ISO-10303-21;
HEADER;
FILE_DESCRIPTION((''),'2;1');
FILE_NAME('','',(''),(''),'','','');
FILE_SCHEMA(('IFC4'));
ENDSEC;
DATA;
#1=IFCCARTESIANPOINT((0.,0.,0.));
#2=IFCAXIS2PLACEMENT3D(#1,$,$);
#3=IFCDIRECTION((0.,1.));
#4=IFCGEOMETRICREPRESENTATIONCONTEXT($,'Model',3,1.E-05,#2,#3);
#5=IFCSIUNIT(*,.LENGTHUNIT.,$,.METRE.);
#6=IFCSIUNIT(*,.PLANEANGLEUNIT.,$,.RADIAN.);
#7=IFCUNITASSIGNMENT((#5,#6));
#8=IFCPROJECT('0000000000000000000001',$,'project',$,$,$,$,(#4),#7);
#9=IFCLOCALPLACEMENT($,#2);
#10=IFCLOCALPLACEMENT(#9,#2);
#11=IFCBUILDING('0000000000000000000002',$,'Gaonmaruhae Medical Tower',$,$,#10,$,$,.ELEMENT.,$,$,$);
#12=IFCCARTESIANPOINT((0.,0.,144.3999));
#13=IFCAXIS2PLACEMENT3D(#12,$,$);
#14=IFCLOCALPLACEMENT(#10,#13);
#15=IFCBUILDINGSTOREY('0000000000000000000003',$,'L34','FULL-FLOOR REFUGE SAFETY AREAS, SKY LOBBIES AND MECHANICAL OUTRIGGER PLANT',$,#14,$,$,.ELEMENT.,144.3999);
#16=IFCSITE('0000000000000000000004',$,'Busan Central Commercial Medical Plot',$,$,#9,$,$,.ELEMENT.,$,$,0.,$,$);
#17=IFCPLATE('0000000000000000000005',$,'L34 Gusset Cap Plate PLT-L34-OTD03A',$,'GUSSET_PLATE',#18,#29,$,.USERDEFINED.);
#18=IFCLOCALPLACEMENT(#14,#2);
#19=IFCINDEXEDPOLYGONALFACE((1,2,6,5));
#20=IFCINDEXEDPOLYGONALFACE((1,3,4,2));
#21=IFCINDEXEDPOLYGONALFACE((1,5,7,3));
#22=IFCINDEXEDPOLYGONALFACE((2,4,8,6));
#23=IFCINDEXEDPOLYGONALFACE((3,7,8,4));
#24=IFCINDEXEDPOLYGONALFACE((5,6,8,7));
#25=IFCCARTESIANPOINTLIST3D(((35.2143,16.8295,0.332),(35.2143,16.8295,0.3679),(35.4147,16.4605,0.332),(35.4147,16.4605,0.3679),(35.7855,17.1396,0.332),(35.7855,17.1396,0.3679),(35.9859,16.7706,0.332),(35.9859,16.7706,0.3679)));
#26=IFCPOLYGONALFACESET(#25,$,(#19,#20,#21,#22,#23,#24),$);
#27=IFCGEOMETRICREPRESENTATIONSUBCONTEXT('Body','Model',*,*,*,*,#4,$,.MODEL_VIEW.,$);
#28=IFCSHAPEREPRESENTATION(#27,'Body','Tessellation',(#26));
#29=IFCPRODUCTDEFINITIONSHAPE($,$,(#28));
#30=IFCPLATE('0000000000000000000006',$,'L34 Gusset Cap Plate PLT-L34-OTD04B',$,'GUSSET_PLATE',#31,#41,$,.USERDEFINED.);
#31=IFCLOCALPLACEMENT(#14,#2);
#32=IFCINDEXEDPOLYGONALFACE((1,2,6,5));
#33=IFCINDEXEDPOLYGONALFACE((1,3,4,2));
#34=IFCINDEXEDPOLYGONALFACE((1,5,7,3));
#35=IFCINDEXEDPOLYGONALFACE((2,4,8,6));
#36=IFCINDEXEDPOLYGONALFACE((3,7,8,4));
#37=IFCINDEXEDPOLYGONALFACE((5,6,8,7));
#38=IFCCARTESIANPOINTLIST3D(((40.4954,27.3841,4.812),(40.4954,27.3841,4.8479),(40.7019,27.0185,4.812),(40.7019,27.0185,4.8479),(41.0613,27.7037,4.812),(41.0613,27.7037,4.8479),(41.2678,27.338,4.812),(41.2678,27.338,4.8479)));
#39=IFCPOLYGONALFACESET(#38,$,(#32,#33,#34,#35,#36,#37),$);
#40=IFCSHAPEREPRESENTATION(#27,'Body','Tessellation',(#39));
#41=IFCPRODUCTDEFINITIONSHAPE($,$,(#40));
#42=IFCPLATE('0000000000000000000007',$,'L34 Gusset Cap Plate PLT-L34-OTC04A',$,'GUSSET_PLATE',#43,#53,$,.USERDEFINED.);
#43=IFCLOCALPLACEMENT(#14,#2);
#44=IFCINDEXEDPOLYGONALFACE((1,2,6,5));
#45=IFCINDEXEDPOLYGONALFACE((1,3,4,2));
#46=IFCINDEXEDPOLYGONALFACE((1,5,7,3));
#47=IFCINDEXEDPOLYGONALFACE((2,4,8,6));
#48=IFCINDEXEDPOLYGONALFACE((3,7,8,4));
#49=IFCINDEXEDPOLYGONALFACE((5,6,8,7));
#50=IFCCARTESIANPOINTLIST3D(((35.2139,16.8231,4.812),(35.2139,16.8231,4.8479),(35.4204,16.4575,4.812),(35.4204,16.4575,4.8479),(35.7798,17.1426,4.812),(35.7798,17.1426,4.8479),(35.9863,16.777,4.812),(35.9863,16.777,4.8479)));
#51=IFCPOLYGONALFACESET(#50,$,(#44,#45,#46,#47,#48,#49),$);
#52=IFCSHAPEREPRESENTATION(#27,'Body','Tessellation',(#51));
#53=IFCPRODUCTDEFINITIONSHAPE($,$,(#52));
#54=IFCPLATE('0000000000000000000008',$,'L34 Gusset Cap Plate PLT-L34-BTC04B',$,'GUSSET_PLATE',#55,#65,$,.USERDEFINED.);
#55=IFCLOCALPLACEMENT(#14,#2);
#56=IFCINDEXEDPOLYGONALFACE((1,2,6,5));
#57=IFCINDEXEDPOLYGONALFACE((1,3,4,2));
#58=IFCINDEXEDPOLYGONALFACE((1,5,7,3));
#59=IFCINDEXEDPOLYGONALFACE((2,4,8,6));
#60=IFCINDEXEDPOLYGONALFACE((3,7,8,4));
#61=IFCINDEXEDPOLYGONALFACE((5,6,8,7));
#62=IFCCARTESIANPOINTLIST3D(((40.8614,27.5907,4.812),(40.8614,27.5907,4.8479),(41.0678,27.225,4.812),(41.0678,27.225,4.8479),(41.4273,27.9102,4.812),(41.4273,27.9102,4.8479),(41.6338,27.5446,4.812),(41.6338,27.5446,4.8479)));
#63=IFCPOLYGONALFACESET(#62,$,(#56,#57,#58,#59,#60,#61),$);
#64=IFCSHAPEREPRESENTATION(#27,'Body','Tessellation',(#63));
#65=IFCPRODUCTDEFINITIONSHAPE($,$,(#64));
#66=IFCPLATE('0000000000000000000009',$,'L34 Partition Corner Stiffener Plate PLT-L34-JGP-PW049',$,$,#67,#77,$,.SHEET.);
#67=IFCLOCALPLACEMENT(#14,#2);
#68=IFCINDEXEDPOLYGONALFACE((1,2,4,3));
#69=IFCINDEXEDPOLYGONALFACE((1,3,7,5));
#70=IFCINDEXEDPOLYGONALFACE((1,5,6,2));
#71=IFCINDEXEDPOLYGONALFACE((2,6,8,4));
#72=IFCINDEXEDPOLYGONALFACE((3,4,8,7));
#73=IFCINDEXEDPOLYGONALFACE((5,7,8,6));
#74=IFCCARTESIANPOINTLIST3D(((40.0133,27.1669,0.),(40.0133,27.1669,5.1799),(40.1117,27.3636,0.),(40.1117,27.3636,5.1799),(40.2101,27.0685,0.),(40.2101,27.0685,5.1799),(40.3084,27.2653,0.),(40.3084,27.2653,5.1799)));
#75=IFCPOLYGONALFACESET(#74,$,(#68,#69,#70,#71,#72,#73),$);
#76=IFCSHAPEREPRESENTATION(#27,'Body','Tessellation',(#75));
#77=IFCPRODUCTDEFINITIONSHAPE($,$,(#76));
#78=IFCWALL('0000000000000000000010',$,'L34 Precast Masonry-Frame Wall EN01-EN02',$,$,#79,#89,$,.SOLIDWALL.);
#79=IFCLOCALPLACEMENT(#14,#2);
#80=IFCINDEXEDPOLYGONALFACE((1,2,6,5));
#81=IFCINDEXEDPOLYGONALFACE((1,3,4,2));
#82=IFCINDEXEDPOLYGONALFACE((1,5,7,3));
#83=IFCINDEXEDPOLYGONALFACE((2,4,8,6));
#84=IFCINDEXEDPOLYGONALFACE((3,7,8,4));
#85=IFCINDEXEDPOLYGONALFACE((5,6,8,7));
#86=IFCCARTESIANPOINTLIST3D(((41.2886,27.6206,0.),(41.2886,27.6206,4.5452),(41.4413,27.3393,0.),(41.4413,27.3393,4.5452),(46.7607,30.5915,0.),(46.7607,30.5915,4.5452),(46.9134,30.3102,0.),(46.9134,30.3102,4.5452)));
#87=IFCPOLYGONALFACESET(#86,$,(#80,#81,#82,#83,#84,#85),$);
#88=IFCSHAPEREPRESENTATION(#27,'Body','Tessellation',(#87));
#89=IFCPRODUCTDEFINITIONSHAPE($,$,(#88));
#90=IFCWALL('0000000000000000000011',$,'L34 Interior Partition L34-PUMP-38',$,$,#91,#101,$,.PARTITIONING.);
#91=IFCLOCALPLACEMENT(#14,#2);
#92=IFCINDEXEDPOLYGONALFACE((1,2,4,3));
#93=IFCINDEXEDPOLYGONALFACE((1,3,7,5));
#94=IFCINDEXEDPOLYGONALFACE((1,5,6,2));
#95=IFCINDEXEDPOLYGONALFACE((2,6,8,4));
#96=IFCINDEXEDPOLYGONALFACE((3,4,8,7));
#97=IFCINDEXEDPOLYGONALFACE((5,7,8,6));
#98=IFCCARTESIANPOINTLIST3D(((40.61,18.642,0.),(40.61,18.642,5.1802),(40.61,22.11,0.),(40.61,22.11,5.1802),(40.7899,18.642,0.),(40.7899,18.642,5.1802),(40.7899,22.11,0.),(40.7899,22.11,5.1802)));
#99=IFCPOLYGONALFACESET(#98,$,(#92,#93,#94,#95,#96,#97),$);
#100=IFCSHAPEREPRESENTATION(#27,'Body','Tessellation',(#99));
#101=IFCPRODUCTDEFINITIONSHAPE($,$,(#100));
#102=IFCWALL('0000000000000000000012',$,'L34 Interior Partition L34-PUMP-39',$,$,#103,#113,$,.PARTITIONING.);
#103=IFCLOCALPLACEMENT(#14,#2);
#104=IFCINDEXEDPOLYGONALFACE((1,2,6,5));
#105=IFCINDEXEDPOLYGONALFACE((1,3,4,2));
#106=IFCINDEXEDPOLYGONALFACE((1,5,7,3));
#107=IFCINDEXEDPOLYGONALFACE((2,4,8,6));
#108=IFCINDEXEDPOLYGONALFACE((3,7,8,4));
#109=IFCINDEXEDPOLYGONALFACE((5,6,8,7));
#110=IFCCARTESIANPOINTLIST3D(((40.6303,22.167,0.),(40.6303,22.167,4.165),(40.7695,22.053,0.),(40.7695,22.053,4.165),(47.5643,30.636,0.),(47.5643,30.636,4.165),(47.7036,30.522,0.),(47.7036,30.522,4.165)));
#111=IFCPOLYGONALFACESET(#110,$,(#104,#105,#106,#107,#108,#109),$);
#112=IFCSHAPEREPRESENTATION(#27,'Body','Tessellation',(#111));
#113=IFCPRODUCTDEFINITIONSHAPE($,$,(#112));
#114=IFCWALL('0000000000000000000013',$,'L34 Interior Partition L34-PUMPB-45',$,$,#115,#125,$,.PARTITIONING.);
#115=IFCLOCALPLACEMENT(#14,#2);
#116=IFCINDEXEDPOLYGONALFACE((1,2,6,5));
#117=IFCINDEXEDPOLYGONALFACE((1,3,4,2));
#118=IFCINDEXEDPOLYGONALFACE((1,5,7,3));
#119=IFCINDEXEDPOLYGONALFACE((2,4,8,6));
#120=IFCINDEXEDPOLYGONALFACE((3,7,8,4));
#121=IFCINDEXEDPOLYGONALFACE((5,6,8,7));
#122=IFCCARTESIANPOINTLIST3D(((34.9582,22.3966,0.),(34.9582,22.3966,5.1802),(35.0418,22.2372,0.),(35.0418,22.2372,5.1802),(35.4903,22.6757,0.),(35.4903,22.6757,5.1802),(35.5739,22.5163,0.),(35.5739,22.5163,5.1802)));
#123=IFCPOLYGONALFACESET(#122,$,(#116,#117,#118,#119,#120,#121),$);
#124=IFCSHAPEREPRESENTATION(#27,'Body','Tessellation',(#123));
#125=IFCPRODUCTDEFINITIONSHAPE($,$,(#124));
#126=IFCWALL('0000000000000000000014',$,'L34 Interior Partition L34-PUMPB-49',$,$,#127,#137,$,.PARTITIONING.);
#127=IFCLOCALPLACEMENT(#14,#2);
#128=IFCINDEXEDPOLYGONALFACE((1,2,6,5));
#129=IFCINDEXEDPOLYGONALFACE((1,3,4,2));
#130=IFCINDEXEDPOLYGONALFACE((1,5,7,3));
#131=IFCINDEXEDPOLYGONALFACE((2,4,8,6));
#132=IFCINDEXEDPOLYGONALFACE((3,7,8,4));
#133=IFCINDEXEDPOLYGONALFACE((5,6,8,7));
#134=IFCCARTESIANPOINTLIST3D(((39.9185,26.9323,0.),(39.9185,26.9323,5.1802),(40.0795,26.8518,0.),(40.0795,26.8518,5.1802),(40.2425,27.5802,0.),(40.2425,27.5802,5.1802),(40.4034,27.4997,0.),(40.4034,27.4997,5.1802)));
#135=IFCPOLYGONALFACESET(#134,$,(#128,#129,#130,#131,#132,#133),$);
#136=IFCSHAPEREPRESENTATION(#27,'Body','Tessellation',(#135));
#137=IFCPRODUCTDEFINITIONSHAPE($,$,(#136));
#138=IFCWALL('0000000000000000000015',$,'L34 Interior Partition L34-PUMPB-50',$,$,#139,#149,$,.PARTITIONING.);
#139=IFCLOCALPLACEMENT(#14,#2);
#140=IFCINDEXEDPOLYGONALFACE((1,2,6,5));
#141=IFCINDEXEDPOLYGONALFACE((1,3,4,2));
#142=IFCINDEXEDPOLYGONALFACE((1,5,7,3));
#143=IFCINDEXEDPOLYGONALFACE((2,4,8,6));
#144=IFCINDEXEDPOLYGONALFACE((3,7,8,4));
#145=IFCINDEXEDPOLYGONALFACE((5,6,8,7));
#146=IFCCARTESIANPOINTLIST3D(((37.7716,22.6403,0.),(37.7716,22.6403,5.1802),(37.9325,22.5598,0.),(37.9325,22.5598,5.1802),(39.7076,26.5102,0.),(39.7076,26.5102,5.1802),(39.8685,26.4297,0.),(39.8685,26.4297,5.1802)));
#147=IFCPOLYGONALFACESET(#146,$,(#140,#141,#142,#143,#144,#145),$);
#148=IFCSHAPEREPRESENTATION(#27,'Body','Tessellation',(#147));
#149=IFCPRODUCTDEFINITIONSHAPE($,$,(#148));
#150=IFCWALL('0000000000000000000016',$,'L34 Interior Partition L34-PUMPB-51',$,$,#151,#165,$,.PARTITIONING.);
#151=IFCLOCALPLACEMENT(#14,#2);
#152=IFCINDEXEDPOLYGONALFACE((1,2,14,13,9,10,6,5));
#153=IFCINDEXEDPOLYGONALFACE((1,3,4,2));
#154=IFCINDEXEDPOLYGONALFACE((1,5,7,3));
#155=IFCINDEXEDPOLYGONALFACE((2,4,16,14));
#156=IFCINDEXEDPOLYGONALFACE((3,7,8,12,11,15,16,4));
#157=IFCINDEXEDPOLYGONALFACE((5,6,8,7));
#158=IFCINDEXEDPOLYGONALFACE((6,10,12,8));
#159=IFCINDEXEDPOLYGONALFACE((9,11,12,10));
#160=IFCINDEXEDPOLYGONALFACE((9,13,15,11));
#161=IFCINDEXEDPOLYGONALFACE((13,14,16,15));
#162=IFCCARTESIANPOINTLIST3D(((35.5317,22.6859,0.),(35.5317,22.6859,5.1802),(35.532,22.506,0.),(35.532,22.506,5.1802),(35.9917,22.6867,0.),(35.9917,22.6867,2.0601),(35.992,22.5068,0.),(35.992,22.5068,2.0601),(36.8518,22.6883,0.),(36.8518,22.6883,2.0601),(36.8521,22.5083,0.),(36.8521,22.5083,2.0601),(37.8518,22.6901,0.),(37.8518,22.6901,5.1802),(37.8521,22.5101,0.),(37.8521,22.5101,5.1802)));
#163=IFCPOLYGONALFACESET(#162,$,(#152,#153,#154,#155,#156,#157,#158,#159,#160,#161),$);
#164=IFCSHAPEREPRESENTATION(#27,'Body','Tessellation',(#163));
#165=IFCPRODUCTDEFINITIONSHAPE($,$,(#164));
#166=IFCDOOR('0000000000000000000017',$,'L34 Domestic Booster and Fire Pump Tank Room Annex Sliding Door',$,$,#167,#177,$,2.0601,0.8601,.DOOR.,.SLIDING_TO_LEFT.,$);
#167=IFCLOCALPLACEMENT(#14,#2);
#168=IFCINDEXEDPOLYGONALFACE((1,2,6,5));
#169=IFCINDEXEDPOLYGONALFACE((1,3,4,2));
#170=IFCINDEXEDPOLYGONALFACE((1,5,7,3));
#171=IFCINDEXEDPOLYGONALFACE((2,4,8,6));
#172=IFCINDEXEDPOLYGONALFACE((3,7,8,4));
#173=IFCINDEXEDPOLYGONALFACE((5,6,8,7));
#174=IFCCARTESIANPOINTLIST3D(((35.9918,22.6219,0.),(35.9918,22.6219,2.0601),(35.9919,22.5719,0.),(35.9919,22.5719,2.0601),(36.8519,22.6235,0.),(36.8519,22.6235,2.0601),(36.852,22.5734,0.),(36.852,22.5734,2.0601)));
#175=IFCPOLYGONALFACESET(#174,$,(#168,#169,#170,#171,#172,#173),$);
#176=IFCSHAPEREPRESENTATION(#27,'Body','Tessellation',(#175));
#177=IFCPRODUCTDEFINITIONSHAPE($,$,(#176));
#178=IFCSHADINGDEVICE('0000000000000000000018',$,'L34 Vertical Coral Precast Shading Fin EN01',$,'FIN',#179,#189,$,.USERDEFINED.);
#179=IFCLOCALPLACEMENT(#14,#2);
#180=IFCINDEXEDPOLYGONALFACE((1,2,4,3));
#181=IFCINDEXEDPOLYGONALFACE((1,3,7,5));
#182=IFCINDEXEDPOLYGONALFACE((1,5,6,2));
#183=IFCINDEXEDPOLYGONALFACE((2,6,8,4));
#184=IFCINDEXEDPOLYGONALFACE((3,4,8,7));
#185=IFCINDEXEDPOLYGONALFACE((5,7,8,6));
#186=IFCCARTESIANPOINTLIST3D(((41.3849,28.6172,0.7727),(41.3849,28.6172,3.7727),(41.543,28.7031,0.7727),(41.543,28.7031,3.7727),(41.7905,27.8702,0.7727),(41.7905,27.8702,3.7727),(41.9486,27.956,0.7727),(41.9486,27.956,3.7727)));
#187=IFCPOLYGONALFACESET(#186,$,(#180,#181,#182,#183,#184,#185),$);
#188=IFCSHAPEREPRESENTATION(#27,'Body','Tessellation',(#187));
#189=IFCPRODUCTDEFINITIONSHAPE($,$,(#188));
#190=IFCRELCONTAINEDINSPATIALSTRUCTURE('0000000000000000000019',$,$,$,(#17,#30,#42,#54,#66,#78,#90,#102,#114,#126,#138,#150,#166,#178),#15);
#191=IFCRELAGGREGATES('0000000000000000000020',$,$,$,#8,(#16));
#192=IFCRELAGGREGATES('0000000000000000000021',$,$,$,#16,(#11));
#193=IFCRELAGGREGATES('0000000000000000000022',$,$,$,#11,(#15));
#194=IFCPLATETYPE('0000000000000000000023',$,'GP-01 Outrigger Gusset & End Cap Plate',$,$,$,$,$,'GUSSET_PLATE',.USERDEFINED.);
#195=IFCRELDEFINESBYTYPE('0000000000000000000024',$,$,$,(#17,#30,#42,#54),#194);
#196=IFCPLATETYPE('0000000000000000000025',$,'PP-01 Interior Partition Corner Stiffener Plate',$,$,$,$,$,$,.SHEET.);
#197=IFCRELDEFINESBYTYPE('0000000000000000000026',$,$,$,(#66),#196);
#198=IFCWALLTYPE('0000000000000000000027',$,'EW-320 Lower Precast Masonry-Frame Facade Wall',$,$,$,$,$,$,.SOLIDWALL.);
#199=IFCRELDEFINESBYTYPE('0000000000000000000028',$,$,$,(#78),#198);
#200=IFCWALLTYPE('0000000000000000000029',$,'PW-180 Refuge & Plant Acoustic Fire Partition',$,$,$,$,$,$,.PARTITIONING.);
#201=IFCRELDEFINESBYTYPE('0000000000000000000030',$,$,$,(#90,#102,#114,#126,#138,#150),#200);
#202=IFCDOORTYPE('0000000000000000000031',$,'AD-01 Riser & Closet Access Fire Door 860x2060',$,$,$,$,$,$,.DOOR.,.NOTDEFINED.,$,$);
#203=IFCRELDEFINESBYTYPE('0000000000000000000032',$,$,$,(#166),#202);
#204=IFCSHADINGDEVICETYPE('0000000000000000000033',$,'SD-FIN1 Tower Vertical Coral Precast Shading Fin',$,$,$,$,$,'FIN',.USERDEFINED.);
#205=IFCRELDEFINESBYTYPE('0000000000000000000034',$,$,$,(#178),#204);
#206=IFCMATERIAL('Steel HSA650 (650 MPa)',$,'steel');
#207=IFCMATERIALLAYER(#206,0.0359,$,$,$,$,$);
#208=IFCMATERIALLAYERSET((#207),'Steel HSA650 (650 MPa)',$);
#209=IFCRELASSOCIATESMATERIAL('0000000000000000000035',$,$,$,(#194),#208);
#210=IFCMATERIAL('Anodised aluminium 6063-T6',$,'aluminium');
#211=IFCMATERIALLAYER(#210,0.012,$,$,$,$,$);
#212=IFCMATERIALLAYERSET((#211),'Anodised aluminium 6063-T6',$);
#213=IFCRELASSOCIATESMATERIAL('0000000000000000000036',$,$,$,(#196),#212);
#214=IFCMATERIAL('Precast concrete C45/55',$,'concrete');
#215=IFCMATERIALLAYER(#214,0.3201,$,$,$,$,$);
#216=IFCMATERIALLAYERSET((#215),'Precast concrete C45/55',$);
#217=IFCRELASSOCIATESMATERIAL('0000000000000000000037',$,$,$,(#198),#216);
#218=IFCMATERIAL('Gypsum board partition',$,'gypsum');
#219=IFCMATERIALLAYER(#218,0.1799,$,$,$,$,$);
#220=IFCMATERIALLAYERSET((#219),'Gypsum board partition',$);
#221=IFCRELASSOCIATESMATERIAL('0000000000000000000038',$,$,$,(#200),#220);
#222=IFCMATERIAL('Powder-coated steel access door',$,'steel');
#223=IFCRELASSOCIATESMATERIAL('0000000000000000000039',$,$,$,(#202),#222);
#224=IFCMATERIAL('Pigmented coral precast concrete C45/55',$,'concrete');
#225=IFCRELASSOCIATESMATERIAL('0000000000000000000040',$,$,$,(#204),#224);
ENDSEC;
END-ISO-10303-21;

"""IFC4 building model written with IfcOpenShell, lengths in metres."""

from ifc_helpers import new_model, si_unit, direction, frame, frame_2d, origin, origin_2d, place, context, subcontext, project, spatial, rectangle, extrude, material, layer, layer_set, type_object, element, fill, save


model = new_model("IFC4")

# Units and contexts
model_context = context("Model", 3, precision=1e-05, world=origin(), true_north=direction((0.0, 1.0)))
body_context = subcontext(model_context, "Body", "Model", "MODEL_VIEW")
ifc_project = project(units=[si_unit("LENGTHUNIT", "METRE"), si_unit("PLANEANGLEUNIT", "RADIAN")], contexts=[model_context])

# Site, building, storey
site_placement = place(None, origin())
site = spatial("IfcSite", under=ifc_project, at=site_placement, Name="Busan Central Commercial Medical Plot", CompositionType="ELEMENT", RefElevation=0.0)
building_placement = place(site_placement, origin())
building = spatial("IfcBuilding", under=site, at=building_placement, Name="Gaonmaruhae Medical Tower", CompositionType="ELEMENT")
storey_placement = place(building_placement, frame((0.0, 0.0, 144.3999)))
storey = spatial("IfcBuildingStorey", under=building, at=storey_placement, Name="L34", Description="FULL-FLOOR REFUGE SAFETY AREAS, SKY LOBBIES AND MECHANICAL OUTRIGGER PLANT", CompositionType="ELEMENT", Elevation=144.3999)

# Shared definitions
ifc_material_1 = material(Name="Steel HSA650 (650 MPa)", Category="steel")

# Plates
ifc_layer_1 = layer(ifc_material_1, 0.0359)
ifc_layer_set_1 = layer_set([ifc_layer_1], Name="Steel HSA650 (650 MPa)")
plate_type_1 = type_object("IfcPlateType", Name="GP-01 Outrigger Gusset & End Cap Plate", ElementType="GUSSET_PLATE", PredefinedType="USERDEFINED", material=ifc_layer_set_1)
for number, where, z_axis, x_axis, name in (
    (1, (35.6001, 16.8, 0.332), (0.0, 0.0, 1.0), (0.878817, 0.477159, 0.0), "L34 Gusset Cap Plate PLT-L34-OTD03A"),
    (2, (40.8816, 27.3611, 4.812), (0.0, 0.0, 1.0), (0.870785, 0.491664, 0.0), "L34 Gusset Cap Plate PLT-L34-OTD04B"),
    (3, (35.6001, 16.8, 4.812), (0.0, 0.0, 1.0), (0.870785, 0.491664, 0.0), "L34 Gusset Cap Plate PLT-L34-OTC04A"),
    (4, (41.2476, 27.5676, 4.812), (0.0, 0.0, 1.0), (0.870785, 0.491664, 0.0), "L34 Gusset Cap Plate PLT-L34-BTC04B"),
):
    element("IfcPlate", number, at=place(storey_placement, frame(where, z_axis=z_axis, x_axis=x_axis)), inside=storey, type_object=plate_type_1, Name=name, ObjectType="GUSSET_PLATE", PredefinedType="USERDEFINED", context=body_context, shape_type="SweptSolid", body=[
        extrude(rectangle(XDim=0.6499, YDim=0.4199, at=origin_2d()), origin(), (0.0, 0.0, 1.0), 0.0359),
    ])
ifc_material_2 = material(Name="Anodised aluminium 6063-T6", Category="aluminium")
ifc_layer_2 = layer(ifc_material_2, 0.012)
ifc_layer_set_2 = layer_set([ifc_layer_2], Name="Anodised aluminium 6063-T6")
plate_type_2 = type_object("IfcPlateType", Name="PP-01 Interior Partition Corner Stiffener Plate", PredefinedType="SHEET", material=ifc_layer_set_2)
plate_placement = place(storey_placement, frame((40.1609, 27.2161, 0.0), z_axis=(0.0, 0.0, 1.0), x_axis=(-0.447213, -0.894428, 0.0)))
element("IfcPlate", 5, at=plate_placement, inside=storey, type_object=plate_type_2, Name="L34 Partition Corner Stiffener Plate PLT-L34-JGP-PW049", PredefinedType="SHEET", context=body_context, shape_type="SweptSolid", body=[
    extrude(rectangle(XDim=0.22, YDim=0.22, at=origin_2d()), origin(), (0.0, 0.0, 1.0), 5.1799),
])

# Walls
ifc_material_3 = material(Name="Precast concrete C45/55", Category="concrete")
ifc_layer_3 = layer(ifc_material_3, 0.3201)
ifc_layer_set_3 = layer_set([ifc_layer_3], Name="Precast concrete C45/55")
wall_type_1 = type_object("IfcWallType", Name="EW-320 Lower Precast Masonry-Frame Facade Wall", PredefinedType="SOLIDWALL", material=ifc_layer_set_3)
wall_1_placement = place(storey_placement, frame((41.365, 27.48, 0.0), z_axis=(0.0, 0.0, 1.0), x_axis=(0.87883, 0.477134, 0.0)))
element("IfcWall", 6, at=wall_1_placement, inside=storey, type_object=wall_type_1, Name="L34 Precast Masonry-Frame Wall EN01-EN02", PredefinedType="SOLIDWALL", context=body_context, shape_type="SweptSolid", body=[
    extrude(rectangle(XDim=6.2266, YDim=0.3201, at=frame_2d((3.1133, 0.0))), origin(), (0.0, 0.0, 1.0), 4.5452),
])
ifc_material_4 = material(Name="Gypsum board partition", Category="gypsum")
ifc_layer_4 = layer(ifc_material_4, 0.1799)
ifc_layer_set_4 = layer_set([ifc_layer_4], Name="Gypsum board partition")
wall_type_2 = type_object("IfcWallType", Name="PW-180 Refuge & Plant Acoustic Fire Partition", PredefinedType="PARTITIONING", material=ifc_layer_set_4)
wall_2_placement = place(storey_placement, frame((40.7, 18.6421, 0.0), z_axis=(0.0, 0.0, 1.0), x_axis=(0.0, 1.0, 0.0)))
element("IfcWall", 7, at=wall_2_placement, inside=storey, type_object=wall_type_2, Name="L34 Interior Partition L34-PUMP-38", PredefinedType="PARTITIONING", context=body_context, shape_type="SweptSolid", body=[
    extrude(rectangle(XDim=3.468, YDim=0.1799, at=frame_2d((1.7339, 0.0))), origin(), (0.0, 0.0, 1.0), 5.1802),
])
wall_3_placement = place(storey_placement, frame((40.7, 22.1101, 0.0), z_axis=(0.0, 0.0, 1.0), x_axis=(0.633506, 0.773738, 0.0)))
element("IfcWall", 8, at=wall_3_placement, inside=storey, type_object=wall_type_2, Name="L34 Interior Partition L34-PUMP-39", PredefinedType="PARTITIONING", context=body_context, shape_type="SweptSolid", body=[
    extrude(rectangle(XDim=10.9456, YDim=0.1799, at=frame_2d((5.4727, 0.0))), origin(), (0.0, 0.0, 1.0), 4.165),
])
wall_4_placement = place(storey_placement, frame((35.532, 22.5959, 0.0), z_axis=(0.0, 0.0, 1.0), x_axis=(-0.885561, -0.464523, 0.0)))
element("IfcWall", 9, at=wall_4_placement, inside=storey, type_object=wall_type_2, Name="L34 Interior Partition L34-PUMPB-45", PredefinedType="PARTITIONING", context=body_context, shape_type="SweptSolid", body=[
    extrude(rectangle(XDim=0.6008, YDim=0.1799, at=frame_2d((0.3003, 0.0))), origin(), (0.0, 0.0, 1.0), 5.1802),
])
wall_5_placement = place(storey_placement, frame((40.323, 27.54, 0.0), z_axis=(0.0, 0.0, 1.0), x_axis=(-0.447214, -0.894427, 0.0)))
element("IfcWall", 10, at=wall_5_placement, inside=storey, type_object=wall_type_2, Name="L34 Interior Partition L34-PUMPB-49", PredefinedType="PARTITIONING", context=body_context, shape_type="SweptSolid", body=[
    extrude(rectangle(XDim=0.7244, YDim=0.1799, at=frame_2d((0.3623, 0.0))), origin(), (0.0, 0.0, 1.0), 5.1802),
])
wall_6_placement = place(storey_placement, frame((39.7881, 26.47, 0.0), z_axis=(0.0, 0.0, 1.0), x_axis=(-0.447417, -0.894326, 0.0)))
element("IfcWall", 11, at=wall_6_placement, inside=storey, type_object=wall_type_2, Name="L34 Interior Partition L34-PUMPB-50", PredefinedType="PARTITIONING", context=body_context, shape_type="SweptSolid", body=[
    extrude(rectangle(XDim=4.3271, YDim=0.1799, at=frame_2d((2.1636, 0.0))), origin(), (0.0, 0.0, 1.0), 5.1802),
])

# Wall, opening, door
wall_7_placement = place(storey_placement, frame((37.8521, 22.6001, 0.0), z_axis=(0.0, 0.0, 1.0), x_axis=(-0.999998, -0.001789, 0.0)))
wall_7 = element("IfcWall", 12, at=wall_7_placement, inside=storey, type_object=wall_type_2, Name="L34 Interior Partition L34-PUMPB-51", PredefinedType="PARTITIONING", context=body_context, shape_type="SweptSolid", body=[
    extrude(rectangle(XDim=2.3201, YDim=0.1799, at=frame_2d((1.1602, 0.0))), origin(), (0.0, 0.0, 1.0), 5.1802),
])
opening_placement = place(wall_7_placement, frame((1.0, 0.0, 0.0)))
opening = element("IfcOpeningElement", 13, at=opening_placement, cuts=wall_7, PredefinedType="OPENING", context=body_context, shape_type="SweptSolid", body=[
    extrude(rectangle(XDim=0.8601, YDim=2.0601, at=frame_2d((0.4302, 1.03))), frame((0.0, 0.1001, 0.0), z_axis=(0.0, -1.0, 0.0), x_axis=(1.0, 0.0, 0.0)), (0.0, 0.0, 1.0), 0.2),
])
ifc_material_5 = material(Name="Powder-coated steel access door", Category="steel")
door_type = type_object("IfcDoorType", Name="AD-01 Riser & Closet Access Fire Door 860x2060", OperationType="NOTDEFINED", PredefinedType="DOOR", material=ifc_material_5)
door_placement = place(opening_placement, origin())
door = element("IfcDoor", 14, at=door_placement, inside=storey, type_object=door_type, Name="L34 Domestic Booster and Fire Pump Tank Room Annex Sliding Door", OperationType="SLIDING_TO_LEFT", OverallHeight=2.0601, OverallWidth=0.8601, PredefinedType="DOOR", context=body_context, shape_type="SweptSolid", body=[
    extrude(rectangle(XDim=0.8601, YDim=2.0601, at=frame_2d((0.4302, 1.03))), frame((0.0, 0.0249, 0.0), z_axis=(0.0, -1.0, 0.0), x_axis=(1.0, 0.0, 0.0)), (0.0, 0.0, 1.0), 0.05),
])
fill(opening, door)

# Shading device
ifc_material_6 = material(Name="Pigmented coral precast concrete C45/55", Category="concrete")
shading_device_type = type_object("IfcShadingDeviceType", Name="SD-FIN1 Tower Vertical Coral Precast Shading Fin", ElementType="FIN", PredefinedType="USERDEFINED", material=ifc_material_6)
shading_device_placement = place(storey_placement, frame((41.6667, 28.2866, 0.7727), z_axis=(0.0, 0.0, 1.0), x_axis=(0.878817, 0.477159, 0.0)))
element("IfcShadingDevice", 15, at=shading_device_placement, inside=storey, type_object=shading_device_type, Name="L34 Vertical Coral Precast Shading Fin EN01", ObjectType="FIN", PredefinedType="USERDEFINED", context=body_context, shape_type="SweptSolid", body=[
    extrude(rectangle(XDim=0.1799, YDim=0.8501, at=origin_2d()), origin(), (0.0, 0.0, 1.0), 3.0),
])

save(model, "model.ifc")
